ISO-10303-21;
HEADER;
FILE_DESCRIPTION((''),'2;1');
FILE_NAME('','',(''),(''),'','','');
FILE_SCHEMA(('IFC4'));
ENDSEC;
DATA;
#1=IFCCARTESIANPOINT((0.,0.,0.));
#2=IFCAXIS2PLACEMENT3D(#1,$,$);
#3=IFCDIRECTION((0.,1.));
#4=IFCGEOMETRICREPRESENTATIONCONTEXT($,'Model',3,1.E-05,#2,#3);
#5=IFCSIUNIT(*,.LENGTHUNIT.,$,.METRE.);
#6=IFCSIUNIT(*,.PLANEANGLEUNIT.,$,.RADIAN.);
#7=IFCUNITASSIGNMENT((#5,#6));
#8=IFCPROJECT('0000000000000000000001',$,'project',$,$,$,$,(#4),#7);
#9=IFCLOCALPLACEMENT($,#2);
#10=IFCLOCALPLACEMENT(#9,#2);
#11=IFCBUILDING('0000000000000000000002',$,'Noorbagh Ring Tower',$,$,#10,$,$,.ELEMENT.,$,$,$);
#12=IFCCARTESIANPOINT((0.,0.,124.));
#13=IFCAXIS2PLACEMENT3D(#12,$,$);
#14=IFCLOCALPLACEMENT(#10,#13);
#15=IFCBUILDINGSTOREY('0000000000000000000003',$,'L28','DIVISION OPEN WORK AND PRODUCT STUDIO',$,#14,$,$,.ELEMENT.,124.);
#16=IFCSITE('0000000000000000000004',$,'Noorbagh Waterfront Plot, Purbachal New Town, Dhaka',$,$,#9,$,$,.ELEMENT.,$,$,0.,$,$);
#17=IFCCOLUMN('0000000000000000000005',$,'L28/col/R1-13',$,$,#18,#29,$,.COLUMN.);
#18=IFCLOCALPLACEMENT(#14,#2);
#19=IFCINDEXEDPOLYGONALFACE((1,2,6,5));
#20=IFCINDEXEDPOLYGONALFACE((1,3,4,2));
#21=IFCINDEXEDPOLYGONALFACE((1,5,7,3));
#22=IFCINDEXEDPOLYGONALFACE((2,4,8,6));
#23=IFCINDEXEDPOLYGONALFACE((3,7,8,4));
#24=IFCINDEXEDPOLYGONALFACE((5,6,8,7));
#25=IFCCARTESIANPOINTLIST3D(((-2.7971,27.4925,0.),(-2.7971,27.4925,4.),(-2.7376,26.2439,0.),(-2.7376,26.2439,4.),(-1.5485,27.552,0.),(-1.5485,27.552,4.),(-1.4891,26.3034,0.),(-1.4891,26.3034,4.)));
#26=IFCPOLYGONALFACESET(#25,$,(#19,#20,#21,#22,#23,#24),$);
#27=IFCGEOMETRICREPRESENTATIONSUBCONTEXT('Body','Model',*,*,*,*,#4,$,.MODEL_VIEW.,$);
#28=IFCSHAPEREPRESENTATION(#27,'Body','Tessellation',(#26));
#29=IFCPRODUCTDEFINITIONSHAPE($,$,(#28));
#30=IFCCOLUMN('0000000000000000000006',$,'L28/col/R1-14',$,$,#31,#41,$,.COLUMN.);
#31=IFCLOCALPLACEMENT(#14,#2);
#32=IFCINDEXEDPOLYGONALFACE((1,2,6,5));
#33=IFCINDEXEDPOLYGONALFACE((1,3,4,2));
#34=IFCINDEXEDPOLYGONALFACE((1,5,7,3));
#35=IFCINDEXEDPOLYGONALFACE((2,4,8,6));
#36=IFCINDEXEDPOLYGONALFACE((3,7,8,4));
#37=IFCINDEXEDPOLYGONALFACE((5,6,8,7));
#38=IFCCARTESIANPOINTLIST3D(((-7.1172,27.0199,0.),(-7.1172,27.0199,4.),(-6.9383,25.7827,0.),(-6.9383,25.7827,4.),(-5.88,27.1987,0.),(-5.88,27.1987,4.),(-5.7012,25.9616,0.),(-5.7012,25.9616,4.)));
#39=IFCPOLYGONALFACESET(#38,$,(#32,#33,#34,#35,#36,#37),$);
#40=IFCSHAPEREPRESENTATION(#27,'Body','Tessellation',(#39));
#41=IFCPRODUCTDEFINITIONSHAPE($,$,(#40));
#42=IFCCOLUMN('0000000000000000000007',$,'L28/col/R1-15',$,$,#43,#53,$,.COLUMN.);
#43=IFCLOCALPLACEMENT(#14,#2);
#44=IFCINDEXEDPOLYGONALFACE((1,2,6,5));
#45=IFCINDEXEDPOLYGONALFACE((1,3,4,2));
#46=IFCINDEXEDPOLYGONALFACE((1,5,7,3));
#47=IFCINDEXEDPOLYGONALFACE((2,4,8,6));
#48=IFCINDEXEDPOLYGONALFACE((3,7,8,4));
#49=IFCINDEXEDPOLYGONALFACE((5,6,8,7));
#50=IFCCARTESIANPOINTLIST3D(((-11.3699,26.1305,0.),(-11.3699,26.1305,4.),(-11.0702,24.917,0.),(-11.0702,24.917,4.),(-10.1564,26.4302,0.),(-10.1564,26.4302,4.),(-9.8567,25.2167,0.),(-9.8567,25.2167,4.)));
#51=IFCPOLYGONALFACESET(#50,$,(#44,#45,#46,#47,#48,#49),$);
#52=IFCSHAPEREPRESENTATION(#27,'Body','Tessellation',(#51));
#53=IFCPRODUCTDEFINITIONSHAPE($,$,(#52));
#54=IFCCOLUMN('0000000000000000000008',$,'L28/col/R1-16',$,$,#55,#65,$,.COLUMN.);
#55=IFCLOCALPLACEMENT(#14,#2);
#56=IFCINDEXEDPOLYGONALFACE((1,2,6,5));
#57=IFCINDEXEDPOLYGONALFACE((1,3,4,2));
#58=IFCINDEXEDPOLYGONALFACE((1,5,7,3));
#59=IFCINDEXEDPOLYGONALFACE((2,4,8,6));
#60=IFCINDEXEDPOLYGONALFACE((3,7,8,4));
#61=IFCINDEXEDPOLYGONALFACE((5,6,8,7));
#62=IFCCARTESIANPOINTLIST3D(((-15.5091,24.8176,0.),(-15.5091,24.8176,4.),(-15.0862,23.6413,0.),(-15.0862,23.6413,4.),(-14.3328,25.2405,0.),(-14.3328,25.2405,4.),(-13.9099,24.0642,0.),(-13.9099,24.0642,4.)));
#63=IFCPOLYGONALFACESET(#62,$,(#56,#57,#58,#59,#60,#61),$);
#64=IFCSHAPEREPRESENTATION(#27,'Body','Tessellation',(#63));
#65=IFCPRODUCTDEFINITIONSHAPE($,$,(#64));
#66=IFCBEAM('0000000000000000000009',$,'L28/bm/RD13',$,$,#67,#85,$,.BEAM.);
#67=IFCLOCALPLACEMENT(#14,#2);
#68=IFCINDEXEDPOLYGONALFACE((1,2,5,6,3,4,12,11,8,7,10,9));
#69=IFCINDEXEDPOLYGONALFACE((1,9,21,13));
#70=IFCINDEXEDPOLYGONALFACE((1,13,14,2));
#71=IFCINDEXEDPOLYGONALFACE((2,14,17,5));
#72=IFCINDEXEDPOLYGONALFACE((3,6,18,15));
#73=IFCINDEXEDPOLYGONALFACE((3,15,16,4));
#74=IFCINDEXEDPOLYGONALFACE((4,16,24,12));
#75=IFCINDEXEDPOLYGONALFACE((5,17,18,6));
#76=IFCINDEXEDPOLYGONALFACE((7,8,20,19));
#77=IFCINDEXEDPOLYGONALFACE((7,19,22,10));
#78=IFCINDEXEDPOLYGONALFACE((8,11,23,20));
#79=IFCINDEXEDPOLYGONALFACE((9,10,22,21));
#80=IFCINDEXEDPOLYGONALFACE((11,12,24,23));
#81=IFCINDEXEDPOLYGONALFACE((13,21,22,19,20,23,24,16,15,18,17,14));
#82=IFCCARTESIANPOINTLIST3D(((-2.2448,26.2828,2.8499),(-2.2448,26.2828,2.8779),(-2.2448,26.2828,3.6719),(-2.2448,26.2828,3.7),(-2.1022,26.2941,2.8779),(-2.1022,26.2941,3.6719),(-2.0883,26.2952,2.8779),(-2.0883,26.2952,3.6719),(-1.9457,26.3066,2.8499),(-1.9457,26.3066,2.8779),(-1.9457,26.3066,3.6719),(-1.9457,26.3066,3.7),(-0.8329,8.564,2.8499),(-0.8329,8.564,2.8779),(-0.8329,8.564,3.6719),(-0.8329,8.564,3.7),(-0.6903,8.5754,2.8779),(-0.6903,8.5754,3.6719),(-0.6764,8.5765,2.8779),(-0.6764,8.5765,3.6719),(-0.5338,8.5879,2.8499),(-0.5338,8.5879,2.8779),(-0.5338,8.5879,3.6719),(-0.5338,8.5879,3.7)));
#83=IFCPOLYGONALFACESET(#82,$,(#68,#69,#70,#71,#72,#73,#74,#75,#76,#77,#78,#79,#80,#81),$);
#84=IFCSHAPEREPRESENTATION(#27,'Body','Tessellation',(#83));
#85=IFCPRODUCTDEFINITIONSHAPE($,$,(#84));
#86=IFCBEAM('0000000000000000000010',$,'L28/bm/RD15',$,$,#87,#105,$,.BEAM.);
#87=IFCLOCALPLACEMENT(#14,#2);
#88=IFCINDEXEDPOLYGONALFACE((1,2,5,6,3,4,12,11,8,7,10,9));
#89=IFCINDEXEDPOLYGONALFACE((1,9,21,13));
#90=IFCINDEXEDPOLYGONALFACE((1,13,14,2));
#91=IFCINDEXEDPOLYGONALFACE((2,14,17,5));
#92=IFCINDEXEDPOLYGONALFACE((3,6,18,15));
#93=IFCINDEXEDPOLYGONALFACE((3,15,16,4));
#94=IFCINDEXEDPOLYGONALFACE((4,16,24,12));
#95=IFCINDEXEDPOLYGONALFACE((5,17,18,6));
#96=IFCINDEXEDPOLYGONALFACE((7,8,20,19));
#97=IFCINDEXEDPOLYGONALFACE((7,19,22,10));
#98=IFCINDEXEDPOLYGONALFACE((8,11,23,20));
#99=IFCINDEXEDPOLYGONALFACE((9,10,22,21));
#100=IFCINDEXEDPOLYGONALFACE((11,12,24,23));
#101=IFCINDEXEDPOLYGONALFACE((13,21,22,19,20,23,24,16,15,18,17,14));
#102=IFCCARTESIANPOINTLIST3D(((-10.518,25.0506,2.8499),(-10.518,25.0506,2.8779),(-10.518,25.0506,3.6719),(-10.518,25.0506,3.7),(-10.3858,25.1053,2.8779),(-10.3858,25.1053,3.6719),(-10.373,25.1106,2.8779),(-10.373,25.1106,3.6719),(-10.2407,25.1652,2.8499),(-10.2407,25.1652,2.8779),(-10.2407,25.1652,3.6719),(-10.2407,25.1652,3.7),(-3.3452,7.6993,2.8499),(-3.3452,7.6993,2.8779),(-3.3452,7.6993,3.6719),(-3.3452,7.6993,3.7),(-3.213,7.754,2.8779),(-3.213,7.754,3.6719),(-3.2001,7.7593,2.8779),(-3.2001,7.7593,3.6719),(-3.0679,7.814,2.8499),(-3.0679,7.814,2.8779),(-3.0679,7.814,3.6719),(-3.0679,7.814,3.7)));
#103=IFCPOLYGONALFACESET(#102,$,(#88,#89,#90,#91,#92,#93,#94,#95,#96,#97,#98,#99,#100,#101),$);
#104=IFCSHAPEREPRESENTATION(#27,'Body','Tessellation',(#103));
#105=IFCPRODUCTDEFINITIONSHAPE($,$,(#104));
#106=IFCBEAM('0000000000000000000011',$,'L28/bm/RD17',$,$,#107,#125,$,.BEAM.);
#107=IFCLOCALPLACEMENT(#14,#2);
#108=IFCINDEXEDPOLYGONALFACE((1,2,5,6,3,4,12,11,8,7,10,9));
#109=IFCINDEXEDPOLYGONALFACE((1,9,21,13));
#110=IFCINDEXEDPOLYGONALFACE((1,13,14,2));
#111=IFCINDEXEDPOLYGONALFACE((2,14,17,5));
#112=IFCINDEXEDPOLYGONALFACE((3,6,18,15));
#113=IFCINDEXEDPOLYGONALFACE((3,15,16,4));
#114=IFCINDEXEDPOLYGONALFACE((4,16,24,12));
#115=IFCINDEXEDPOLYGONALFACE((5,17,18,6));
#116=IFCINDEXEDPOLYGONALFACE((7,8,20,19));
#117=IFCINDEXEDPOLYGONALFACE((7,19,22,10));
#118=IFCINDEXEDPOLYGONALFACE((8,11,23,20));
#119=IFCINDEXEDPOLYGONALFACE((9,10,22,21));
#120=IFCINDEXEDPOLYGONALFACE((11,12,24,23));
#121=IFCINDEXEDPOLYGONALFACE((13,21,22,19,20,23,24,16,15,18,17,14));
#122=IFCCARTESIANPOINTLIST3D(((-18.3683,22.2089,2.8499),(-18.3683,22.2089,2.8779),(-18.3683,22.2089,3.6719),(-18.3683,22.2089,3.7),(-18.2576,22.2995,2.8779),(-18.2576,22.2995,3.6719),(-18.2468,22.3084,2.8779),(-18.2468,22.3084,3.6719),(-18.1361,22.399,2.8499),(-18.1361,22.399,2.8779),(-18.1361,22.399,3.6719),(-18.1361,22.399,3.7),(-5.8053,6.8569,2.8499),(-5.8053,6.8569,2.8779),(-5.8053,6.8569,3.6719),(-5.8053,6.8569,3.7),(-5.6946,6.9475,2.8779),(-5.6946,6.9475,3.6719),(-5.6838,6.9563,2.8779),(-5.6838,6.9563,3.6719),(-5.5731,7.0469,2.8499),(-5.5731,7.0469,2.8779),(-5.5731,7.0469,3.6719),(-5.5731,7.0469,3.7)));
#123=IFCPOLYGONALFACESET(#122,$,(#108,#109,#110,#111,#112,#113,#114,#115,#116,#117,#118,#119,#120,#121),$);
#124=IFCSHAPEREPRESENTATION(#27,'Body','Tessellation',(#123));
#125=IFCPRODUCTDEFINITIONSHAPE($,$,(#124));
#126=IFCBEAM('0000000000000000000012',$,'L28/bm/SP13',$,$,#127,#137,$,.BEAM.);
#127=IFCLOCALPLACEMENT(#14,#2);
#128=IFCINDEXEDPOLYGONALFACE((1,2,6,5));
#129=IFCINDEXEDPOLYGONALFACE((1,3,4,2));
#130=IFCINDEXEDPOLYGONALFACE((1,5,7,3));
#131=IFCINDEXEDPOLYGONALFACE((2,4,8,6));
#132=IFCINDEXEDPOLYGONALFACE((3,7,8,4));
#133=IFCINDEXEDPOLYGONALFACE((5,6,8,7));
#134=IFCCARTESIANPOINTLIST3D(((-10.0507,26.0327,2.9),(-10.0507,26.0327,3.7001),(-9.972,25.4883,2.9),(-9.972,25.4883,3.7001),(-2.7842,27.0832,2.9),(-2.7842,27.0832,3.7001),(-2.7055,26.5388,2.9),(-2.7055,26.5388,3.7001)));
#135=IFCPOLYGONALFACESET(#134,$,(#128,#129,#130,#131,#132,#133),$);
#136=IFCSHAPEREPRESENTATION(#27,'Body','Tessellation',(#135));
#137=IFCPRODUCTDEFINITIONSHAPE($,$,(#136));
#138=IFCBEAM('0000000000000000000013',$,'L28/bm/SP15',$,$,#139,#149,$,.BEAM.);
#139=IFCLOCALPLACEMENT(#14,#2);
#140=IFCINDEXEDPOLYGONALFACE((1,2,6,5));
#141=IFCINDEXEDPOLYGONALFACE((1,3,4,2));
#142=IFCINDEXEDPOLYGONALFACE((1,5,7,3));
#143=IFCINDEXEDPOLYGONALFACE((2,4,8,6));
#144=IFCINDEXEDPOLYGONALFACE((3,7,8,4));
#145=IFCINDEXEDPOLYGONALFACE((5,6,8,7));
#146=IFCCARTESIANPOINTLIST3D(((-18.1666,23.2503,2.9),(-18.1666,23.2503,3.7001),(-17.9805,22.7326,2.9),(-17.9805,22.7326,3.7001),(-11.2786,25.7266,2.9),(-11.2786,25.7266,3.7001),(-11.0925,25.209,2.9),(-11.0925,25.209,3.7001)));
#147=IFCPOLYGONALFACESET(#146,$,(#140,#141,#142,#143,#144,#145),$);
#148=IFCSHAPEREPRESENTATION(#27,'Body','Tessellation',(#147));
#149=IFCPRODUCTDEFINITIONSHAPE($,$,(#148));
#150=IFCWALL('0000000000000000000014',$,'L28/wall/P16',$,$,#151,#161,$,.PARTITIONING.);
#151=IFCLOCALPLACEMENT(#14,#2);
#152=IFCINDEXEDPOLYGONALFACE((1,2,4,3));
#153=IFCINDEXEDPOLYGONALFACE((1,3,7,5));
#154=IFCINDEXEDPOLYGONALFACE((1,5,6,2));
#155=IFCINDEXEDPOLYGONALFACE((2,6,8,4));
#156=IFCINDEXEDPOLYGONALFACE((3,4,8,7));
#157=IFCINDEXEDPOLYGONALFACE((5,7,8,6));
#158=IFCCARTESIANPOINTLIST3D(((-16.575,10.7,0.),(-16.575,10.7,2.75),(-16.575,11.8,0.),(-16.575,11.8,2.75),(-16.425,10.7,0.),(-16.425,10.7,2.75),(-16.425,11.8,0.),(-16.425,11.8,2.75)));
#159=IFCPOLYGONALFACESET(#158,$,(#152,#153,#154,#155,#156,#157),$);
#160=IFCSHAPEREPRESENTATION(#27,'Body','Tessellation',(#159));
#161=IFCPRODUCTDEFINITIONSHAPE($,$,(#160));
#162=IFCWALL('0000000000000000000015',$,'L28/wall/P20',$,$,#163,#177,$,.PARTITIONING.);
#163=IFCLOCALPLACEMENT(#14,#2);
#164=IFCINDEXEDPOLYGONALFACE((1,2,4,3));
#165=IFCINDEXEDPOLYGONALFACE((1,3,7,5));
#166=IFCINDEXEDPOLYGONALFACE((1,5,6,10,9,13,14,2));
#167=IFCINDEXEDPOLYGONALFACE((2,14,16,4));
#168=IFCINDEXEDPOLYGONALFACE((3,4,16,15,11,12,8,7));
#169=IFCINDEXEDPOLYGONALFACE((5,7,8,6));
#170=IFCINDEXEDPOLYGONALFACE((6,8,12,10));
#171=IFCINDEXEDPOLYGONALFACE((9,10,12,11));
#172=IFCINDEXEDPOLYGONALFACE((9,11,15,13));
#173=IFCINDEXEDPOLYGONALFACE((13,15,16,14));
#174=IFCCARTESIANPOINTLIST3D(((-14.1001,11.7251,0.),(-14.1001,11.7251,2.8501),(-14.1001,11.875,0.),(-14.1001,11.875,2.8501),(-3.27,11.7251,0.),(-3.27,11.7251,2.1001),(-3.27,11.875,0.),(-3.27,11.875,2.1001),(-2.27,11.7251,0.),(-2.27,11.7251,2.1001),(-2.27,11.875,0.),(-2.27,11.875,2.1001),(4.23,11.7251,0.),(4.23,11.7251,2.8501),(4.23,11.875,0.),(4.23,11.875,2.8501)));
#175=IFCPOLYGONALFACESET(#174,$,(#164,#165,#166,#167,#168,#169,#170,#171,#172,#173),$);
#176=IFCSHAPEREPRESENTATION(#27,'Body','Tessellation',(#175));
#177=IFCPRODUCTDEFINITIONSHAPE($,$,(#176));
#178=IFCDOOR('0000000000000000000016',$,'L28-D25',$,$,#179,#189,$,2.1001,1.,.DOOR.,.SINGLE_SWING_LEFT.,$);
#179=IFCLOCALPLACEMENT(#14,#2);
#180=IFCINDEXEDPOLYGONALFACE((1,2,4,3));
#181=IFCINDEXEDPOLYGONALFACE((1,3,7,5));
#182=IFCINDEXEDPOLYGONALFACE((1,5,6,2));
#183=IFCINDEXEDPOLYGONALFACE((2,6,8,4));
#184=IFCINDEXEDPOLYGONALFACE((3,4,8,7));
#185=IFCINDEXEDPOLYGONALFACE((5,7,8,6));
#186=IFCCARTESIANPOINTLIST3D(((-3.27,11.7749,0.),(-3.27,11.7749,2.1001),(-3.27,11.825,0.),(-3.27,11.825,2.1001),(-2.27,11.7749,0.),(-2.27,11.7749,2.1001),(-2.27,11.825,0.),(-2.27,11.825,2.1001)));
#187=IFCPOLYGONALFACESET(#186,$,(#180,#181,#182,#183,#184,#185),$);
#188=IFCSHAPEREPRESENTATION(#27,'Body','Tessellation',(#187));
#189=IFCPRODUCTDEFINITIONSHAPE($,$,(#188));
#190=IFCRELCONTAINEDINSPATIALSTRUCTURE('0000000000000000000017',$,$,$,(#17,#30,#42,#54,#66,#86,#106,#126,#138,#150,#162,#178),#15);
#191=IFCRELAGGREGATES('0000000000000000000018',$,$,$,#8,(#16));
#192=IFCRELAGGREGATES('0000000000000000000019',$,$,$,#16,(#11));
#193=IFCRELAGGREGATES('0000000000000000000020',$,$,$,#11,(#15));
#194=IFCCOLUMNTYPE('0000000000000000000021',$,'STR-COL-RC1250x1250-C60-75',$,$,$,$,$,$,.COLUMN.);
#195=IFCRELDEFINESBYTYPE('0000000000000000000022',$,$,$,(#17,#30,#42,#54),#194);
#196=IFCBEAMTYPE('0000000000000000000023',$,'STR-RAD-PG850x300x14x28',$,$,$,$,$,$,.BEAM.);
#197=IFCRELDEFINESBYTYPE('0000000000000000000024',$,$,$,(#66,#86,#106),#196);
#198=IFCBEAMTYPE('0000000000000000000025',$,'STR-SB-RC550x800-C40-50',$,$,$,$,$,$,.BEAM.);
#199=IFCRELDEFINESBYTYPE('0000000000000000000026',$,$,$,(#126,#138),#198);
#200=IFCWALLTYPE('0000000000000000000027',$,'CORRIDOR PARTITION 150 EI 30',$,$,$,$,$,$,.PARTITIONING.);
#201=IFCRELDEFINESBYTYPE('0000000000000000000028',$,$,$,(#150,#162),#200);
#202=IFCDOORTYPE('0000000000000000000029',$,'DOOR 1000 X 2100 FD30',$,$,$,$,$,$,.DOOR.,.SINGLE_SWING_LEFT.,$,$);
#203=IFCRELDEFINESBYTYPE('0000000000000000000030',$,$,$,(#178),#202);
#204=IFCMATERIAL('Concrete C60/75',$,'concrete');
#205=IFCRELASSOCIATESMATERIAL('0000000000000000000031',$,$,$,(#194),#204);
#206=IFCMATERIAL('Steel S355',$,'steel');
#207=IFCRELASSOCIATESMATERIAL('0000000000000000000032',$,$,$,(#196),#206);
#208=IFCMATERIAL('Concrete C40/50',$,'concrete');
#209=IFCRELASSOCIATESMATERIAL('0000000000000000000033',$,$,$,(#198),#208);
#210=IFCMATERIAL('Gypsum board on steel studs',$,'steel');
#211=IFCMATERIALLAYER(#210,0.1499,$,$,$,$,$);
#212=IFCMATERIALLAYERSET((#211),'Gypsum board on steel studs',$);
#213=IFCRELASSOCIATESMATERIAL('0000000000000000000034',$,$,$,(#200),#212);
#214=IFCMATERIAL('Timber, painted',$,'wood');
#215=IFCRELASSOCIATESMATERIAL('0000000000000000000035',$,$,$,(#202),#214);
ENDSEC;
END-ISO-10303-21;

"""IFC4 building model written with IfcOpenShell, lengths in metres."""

from ifc_helpers import new_model, si_unit, direction, frame, frame_2d, origin, origin_2d, place, context, subcontext, project, spatial, rectangle, i_section, extrude, material, layer, layer_set, material_profile, profile_set, type_object, element, fill, save


model = new_model("IFC4")

# Units and contexts
model_context = context("Model", 3, precision=1e-05, world=origin(), true_north=direction((0.0, 1.0)))
body_context = subcontext(model_context, "Body", "Model", "MODEL_VIEW")
ifc_project = project(units=[si_unit("LENGTHUNIT", "METRE"), si_unit("PLANEANGLEUNIT", "RADIAN")], contexts=[model_context])

# Site, building, storey
site_placement = place(None, origin())
site = spatial("IfcSite", under=ifc_project, at=site_placement, Name="Noorbagh Waterfront Plot, Purbachal New Town, Dhaka", CompositionType="ELEMENT", RefElevation=0.0)
building_placement = place(site_placement, origin())
building = spatial("IfcBuilding", under=site, at=building_placement, Name="Noorbagh Ring Tower", CompositionType="ELEMENT")
storey_placement = place(building_placement, frame((0.0, 0.0, 124.0)))
storey = spatial("IfcBuildingStorey", under=building, at=storey_placement, Name="L28", Description="DIVISION OPEN WORK AND PRODUCT STUDIO", CompositionType="ELEMENT", Elevation=124.0)

# Columns
ifc_material_1 = material(Name="Concrete C60/75", Category="concrete")
ifc_material_profile_1 = material_profile(ifc_material_1, rectangle(XDim=1.25, YDim=1.25, at=origin_2d()), Name="RC1250x1250")
ifc_profile_set_1 = profile_set([ifc_material_profile_1], Name="Concrete C60/75")
column_type = type_object("IfcColumnType", Name="STR-COL-RC1250x1250-C60-75", PredefinedType="COLUMN", material=ifc_profile_set_1)
for number, where, z_axis, x_axis, name in (
    (1, (-2.1431, 26.8979, 0.0), (0.0, 0.0, 1.0), (-0.998869, -0.047553, 0.0), "L28/col/R1-13"),
    (2, (-6.4092, 26.4907, 0.0), (0.0, 0.0, 1.0), (-0.989713, -0.143066, 0.0), "L28/col/R1-14"),
    (3, (-10.6133, 25.6736, 0.0), (0.0, 0.0, 1.0), (-0.970829, -0.239771, 0.0), "L28/col/R1-15"),
    (4, (-14.7095, 24.4409, 0.0), (0.0, 0.0, 1.0), (-0.941025, -0.338338, 0.0), "L28/col/R1-16"),
):
    element("IfcColumn", number, at=place(storey_placement, frame(where, z_axis=z_axis, x_axis=x_axis)), inside=storey, type_object=column_type, Name=name, PredefinedType="COLUMN", context=body_context, shape_type="SweptSolid", body=[
        extrude(rectangle(XDim=1.25, YDim=1.25, at=origin_2d()), origin(), (0.0, 0.0, 1.0), 4.0),
    ])

# Beams
ifc_material_2 = material(Name="Steel S355", Category="steel")
ifc_material_profile_2 = material_profile(ifc_material_2, i_section(OverallWidth=0.3, OverallDepth=0.8501, WebThickness=0.0139, FlangeThickness=0.0281, at=origin_2d()), Name="PG850x300x14x28")
ifc_profile_set_2 = profile_set([ifc_material_profile_2], Name="Steel S355")
beam_type_1 = type_object("IfcBeamType", Name="STR-RAD-PG850x300x14x28", PredefinedType="BEAM", material=ifc_profile_set_2)
beam_1_placement = place(storey_placement, frame((-2.0952, 26.2947, 3.2749), z_axis=(0.07943, -0.99684, 0.0), x_axis=(0.99684, 0.07943, 0.0)))
element("IfcBeam", 5, at=beam_1_placement, inside=storey, type_object=beam_type_1, Name="L28/bm/RD13", PredefinedType="BEAM", context=body_context, shape_type="SweptSolid", body=[
    extrude(i_section(OverallWidth=0.3, OverallDepth=0.8501, WebThickness=0.0139, FlangeThickness=0.0281, at=origin_2d()), origin(), (0.0, 0.0, 1.0), 17.7749),
])
beam_2_placement = place(storey_placement, frame((-10.3794, 25.1079, 3.2749), z_axis=(0.382033, -0.924149, 0.0), x_axis=(0.924149, 0.382033, 0.0)))
element("IfcBeam", 6, at=beam_2_placement, inside=storey, type_object=beam_type_1, Name="L28/bm/RD15", PredefinedType="BEAM", context=body_context, shape_type="SweptSolid", body=[
    extrude(i_section(OverallWidth=0.3, OverallDepth=0.8501, WebThickness=0.0139, FlangeThickness=0.0281, at=origin_2d()), origin(), (0.0, 0.0, 1.0), 18.7754),
])
beam_3_placement = place(storey_placement, frame((-18.2522, 22.304, 3.2749), z_axis=(0.633305, -0.773902, 0.0), x_axis=(0.773902, 0.633305, 0.0)))
element("IfcBeam", 7, at=beam_3_placement, inside=storey, type_object=beam_type_1, Name="L28/bm/RD17", PredefinedType="BEAM", context=body_context, shape_type="SweptSolid", body=[
    extrude(i_section(OverallWidth=0.3, OverallDepth=0.8501, WebThickness=0.0139, FlangeThickness=0.0281, at=origin_2d()), origin(), (0.0, 0.0, 1.0), 19.8372),
])
ifc_material_3 = material(Name="Concrete C40/50", Category="concrete")
ifc_material_profile_3 = material_profile(ifc_material_3, rectangle(XDim=0.55, YDim=0.8, at=origin_2d()), Name="RC550x800")
ifc_profile_set_3 = profile_set([ifc_material_profile_3], Name="Concrete C40/50")
beam_type_2 = type_object("IfcBeamType", Name="STR-SB-RC550x800-C40-50", PredefinedType="BEAM", material=ifc_profile_set_3)
beam_4_placement = place(storey_placement, frame((-2.7449, 26.811, 3.3), z_axis=(-0.989711, -0.143083, 0.0), x_axis=(0.143083, -0.989711, 0.0)))
element("IfcBeam", 8, at=beam_4_placement, inside=storey, type_object=beam_type_2, Name="L28/bm/SP13", PredefinedType="BEAM", context=body_context, shape_type="SweptSolid", body=[
    extrude(rectangle(XDim=0.55, YDim=0.8, at=origin_2d()), origin(), (0.0, 0.0, 1.0), 7.342),
])
beam_5_placement = place(storey_placement, frame((-11.1855, 25.4678, 3.3), z_axis=(-0.941033, -0.338315, 0.0), x_axis=(0.338315, -0.941033, 0.0)))
element("IfcBeam", 9, at=beam_5_placement, inside=storey, type_object=beam_type_2, Name="L28/bm/SP15", PredefinedType="BEAM", context=body_context, shape_type="SweptSolid", body=[
    extrude(rectangle(XDim=0.55, YDim=0.8, at=origin_2d()), origin(), (0.0, 0.0, 1.0), 7.3196),
])

# Wall
ifc_material_4 = material(Name="Gypsum board on steel studs", Category="steel")
ifc_layer_1 = layer(ifc_material_4, 0.1499)
ifc_layer_set_1 = layer_set([ifc_layer_1], Name="Gypsum board on steel studs")
wall_type_1 = type_object("IfcWallType", Name="CORRIDOR PARTITION 150 EI 30", PredefinedType="PARTITIONING", material=ifc_layer_set_1)
wall_1_placement = place(storey_placement, frame((-16.5, 10.7, 0.0), z_axis=(0.0, 0.0, 1.0), x_axis=(0.0, 1.0, 0.0)))
element("IfcWall", 10, at=wall_1_placement, inside=storey, type_object=wall_type_1, Name="L28/wall/P16", PredefinedType="PARTITIONING", context=body_context, shape_type="SweptSolid", body=[
    extrude(rectangle(XDim=1.1001, YDim=0.1499, at=frame_2d((0.55, 0.0))), origin(), (0.0, 0.0, 1.0), 2.75),
])

# Wall, opening, door
wall_2_placement = place(storey_placement, frame((-14.1001, 11.8, 0.0), z_axis=(0.0, 0.0, 1.0), x_axis=(1.0, 0.0, 0.0)))
wall_2 = element("IfcWall", 11, at=wall_2_placement, inside=storey, type_object=wall_type_1, Name="L28/wall/P20", PredefinedType="PARTITIONING", context=body_context, shape_type="SweptSolid", body=[
    extrude(rectangle(XDim=18.3301, YDim=0.1499, at=frame_2d((9.165, 0.0))), origin(), (0.0, 0.0, 1.0), 2.8501),
])
opening_1_placement = place(wall_2_placement, frame((10.8301, 0.0, 0.0)))
opening_1 = element("IfcOpeningElement", 12, at=opening_1_placement, cuts=wall_2, PredefinedType="OPENING", context=body_context, shape_type="SweptSolid", body=[
    extrude(rectangle(XDim=1.0, YDim=2.1001, at=frame_2d((0.5, 1.05))), frame((0.0, 0.085, 0.0), z_axis=(0.0, -1.0, 0.0), x_axis=(1.0, 0.0, 0.0)), (0.0, 0.0, 1.0), 0.1699),
])
ifc_material_5 = material(Name="Timber, painted", Category="wood")
door_type = type_object("IfcDoorType", Name="DOOR 1000 X 2100 FD30", OperationType="SINGLE_SWING_LEFT", PredefinedType="DOOR", material=ifc_material_5)
door_1_placement = place(opening_1_placement, origin())
door_1 = element("IfcDoor", 13, at=door_1_placement, inside=storey, type_object=door_type, Name="L28-D25", OperationType="SINGLE_SWING_LEFT", OverallHeight=2.1001, OverallWidth=1.0, PredefinedType="DOOR", context=body_context, shape_type="SweptSolid", body=[
    extrude(rectangle(XDim=1.0, YDim=2.1001, at=frame_2d((0.5, 1.05))), frame((0.0, 0.0249, 0.0), z_axis=(0.0, -1.0, 0.0), x_axis=(1.0, 0.0, 0.0)), (0.0, 0.0, 1.0), 0.05),
])
fill(opening_1, door_1)

save(model, "model.ifc")
